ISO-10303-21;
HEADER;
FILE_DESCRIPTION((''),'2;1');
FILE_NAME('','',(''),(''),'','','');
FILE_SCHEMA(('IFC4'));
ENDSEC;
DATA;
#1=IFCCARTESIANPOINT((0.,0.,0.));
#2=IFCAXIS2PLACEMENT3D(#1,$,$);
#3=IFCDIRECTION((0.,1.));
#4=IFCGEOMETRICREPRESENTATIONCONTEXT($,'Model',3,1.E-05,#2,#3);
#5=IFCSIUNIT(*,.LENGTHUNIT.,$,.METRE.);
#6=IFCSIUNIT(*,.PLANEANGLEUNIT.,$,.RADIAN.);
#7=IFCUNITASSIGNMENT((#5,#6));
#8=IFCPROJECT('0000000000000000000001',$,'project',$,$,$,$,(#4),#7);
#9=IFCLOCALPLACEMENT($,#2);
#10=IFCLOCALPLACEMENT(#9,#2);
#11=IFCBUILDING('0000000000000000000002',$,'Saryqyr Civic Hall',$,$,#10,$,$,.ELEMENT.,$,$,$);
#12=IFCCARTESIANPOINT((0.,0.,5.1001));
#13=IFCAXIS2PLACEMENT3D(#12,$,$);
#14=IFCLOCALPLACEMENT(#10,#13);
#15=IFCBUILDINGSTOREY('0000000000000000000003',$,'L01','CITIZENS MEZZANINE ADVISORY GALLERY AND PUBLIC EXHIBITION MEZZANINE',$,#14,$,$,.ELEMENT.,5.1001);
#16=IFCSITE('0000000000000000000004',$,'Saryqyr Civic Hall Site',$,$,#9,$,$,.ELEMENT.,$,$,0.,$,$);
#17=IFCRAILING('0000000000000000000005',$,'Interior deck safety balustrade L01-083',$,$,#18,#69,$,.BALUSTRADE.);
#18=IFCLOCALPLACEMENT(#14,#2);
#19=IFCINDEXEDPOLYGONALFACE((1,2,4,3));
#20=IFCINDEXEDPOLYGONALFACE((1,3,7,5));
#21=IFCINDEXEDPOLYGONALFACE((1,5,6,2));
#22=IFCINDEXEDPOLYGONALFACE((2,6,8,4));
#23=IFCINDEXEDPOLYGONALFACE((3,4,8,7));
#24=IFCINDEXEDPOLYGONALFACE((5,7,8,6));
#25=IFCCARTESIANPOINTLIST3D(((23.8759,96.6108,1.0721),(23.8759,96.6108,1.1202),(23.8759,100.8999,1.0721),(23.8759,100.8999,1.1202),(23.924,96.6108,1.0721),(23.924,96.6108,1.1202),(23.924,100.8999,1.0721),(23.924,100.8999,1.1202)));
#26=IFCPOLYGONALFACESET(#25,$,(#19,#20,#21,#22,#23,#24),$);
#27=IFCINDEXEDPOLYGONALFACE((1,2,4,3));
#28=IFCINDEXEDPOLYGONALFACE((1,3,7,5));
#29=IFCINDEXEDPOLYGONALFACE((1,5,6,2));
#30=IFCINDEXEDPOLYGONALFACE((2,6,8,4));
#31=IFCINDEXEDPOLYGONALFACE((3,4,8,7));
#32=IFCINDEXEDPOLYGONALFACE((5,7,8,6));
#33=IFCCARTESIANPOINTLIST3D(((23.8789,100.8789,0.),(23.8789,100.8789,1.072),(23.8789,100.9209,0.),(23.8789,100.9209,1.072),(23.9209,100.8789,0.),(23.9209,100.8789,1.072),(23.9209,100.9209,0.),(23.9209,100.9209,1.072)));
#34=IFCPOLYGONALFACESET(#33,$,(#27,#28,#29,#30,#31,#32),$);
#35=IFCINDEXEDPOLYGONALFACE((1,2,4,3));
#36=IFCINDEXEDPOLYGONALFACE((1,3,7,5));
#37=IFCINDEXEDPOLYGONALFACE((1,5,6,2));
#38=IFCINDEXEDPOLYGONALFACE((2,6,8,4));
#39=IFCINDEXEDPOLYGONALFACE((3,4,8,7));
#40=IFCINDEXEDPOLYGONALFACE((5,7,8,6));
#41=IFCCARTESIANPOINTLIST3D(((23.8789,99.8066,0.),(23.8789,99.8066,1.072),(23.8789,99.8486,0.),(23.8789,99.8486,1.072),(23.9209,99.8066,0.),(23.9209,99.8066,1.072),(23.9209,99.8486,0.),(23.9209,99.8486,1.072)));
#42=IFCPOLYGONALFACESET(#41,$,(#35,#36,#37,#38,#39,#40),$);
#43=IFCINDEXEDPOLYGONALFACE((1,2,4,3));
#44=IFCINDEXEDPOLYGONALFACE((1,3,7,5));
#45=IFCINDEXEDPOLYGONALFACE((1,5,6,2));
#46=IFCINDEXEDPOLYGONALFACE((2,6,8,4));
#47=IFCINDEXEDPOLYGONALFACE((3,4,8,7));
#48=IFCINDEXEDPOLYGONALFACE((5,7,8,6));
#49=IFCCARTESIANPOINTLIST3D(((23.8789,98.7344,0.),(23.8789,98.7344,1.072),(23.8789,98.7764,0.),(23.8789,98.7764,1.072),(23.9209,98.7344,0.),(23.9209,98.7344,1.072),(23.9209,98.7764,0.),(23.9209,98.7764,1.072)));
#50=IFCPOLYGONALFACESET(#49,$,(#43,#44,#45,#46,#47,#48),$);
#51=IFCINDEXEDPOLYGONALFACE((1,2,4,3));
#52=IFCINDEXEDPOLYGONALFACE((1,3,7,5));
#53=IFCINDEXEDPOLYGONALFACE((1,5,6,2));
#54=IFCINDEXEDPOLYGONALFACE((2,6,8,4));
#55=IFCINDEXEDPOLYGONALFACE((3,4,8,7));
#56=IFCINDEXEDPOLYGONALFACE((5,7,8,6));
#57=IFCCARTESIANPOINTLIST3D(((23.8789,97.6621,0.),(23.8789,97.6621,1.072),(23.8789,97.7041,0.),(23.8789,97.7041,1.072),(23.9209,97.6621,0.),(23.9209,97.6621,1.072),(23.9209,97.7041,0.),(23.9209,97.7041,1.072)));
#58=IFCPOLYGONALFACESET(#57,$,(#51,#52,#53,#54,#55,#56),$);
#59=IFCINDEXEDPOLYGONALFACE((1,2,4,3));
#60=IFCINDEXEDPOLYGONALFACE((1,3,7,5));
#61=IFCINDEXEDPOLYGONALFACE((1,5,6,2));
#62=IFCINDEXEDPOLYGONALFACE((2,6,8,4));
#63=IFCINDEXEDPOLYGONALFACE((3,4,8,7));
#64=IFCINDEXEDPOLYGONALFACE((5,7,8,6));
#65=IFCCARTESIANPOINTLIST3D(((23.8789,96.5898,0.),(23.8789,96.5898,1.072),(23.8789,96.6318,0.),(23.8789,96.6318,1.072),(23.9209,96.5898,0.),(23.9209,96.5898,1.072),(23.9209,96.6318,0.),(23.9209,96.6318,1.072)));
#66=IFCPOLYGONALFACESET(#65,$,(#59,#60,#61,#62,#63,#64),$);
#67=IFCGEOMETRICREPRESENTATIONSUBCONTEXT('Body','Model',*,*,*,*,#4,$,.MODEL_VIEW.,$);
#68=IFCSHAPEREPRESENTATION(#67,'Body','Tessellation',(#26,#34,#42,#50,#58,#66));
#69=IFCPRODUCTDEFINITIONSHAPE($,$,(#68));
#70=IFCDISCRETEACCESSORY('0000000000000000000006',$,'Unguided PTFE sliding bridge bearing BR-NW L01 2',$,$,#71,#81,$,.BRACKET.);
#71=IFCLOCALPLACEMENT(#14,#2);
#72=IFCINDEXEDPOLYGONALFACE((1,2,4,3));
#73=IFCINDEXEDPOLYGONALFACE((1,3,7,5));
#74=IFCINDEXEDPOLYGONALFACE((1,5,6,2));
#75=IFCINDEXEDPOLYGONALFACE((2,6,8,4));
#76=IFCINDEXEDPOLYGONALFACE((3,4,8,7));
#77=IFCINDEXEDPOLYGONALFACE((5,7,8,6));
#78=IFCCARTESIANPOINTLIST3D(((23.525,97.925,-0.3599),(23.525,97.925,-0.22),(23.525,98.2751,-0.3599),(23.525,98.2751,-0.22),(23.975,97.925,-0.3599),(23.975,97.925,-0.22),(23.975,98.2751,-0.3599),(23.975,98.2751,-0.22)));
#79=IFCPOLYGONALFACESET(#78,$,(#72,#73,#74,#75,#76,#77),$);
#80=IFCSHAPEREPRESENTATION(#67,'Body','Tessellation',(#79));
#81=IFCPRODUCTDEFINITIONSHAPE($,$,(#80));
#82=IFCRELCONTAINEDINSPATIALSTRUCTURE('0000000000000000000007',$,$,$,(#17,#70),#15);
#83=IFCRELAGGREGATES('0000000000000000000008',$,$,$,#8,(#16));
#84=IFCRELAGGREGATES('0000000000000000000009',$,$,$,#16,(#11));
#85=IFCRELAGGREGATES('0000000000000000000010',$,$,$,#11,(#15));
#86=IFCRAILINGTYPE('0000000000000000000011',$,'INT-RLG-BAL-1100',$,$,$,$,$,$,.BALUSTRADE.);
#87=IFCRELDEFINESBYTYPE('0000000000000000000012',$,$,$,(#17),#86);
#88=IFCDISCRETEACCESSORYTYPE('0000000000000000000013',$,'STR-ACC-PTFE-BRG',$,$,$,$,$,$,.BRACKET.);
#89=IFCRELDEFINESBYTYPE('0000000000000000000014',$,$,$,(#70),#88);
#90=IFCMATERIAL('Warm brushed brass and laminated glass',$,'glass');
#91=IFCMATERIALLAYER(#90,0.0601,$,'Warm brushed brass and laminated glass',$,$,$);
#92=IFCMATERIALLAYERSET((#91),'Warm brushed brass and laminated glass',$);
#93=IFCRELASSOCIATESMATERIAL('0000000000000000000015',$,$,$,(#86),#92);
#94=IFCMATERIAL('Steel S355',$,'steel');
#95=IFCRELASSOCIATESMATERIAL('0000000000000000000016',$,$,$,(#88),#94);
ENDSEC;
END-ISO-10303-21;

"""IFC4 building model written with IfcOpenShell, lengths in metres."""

from ifc_helpers import new_model, si_unit, direction, frame, origin, origin_2d, place, context, subcontext, project, spatial, rectangle, extrude, material, layer, layer_set, type_object, element, save


model = new_model("IFC4")

# Units and contexts
model_context = context("Model", 3, precision=1e-05, world=origin(), true_north=direction((0.0, 1.0)))
body_context = subcontext(model_context, "Body", "Model", "MODEL_VIEW")
ifc_project = project(units=[si_unit("LENGTHUNIT", "METRE"), si_unit("PLANEANGLEUNIT", "RADIAN")], contexts=[model_context])

# Site, building, storey
site_placement = place(None, origin())
site = spatial("IfcSite", under=ifc_project, at=site_placement, Name="Saryqyr Civic Hall Site", CompositionType="ELEMENT", RefElevation=0.0)
building_placement = place(site_placement, origin())
building = spatial("IfcBuilding", under=site, at=building_placement, Name="Saryqyr Civic Hall", CompositionType="ELEMENT")
storey_placement = place(building_placement, frame((0.0, 0.0, 5.1001)))
storey = spatial("IfcBuildingStorey", under=building, at=storey_placement, Name="L01", Description="CITIZENS MEZZANINE ADVISORY GALLERY AND PUBLIC EXHIBITION MEZZANINE", CompositionType="ELEMENT", Elevation=5.1001)

# Shared definitions
ifc_material_1 = material(Name="Steel S355", Category="steel")

# Railing
ifc_material_2 = material(Name="Warm brushed brass and laminated glass", Category="glass")
ifc_layer_1 = layer(ifc_material_2, 0.0601, Name="Warm brushed brass and laminated glass")
ifc_layer_set_1 = layer_set([ifc_layer_1], Name="Warm brushed brass and laminated glass")
railing_type = type_object("IfcRailingType", Name="INT-RLG-BAL-1100", PredefinedType="BALUSTRADE", material=ifc_layer_set_1)
railing_1_placement = place(storey_placement, frame((23.8999, 100.8999, 0.0)))
element("IfcRailing", 1, at=railing_1_placement, inside=storey, type_object=railing_type, Name="Interior deck safety balustrade L01-083", PredefinedType="BALUSTRADE", context=body_context, shape_type="SweptSolid", body=[
    extrude(rectangle(XDim=0.0481, YDim=0.0481, at=origin_2d()), frame((0.0, 0.0, 1.0962), z_axis=(0.0, -1.0, 0.0), x_axis=(1.0, 0.0, 0.0)), (0.0, 0.0, 1.0), 4.2891),
    extrude(rectangle(XDim=0.042, YDim=0.042, at=origin_2d()), origin(), (0.0, 0.0, 1.0), 1.072),
    extrude(rectangle(XDim=0.042, YDim=0.042, at=origin_2d()), frame((0.0, -1.0723, 0.0)), (0.0, 0.0, 1.0), 1.072),
    extrude(rectangle(XDim=0.042, YDim=0.042, at=origin_2d()), frame((0.0, -2.1445, 0.0)), (0.0, 0.0, 1.0), 1.072),
    extrude(rectangle(XDim=0.042, YDim=0.042, at=origin_2d()), frame((0.0, -3.2168, 0.0)), (0.0, 0.0, 1.0), 1.072),
    extrude(rectangle(XDim=0.042, YDim=0.042, at=origin_2d()), frame((0.0, -4.2891, 0.0)), (0.0, 0.0, 1.0), 1.072),
])

# Discrete accessory
discrete_accessory_type = type_object("IfcDiscreteAccessoryType", Name="STR-ACC-PTFE-BRG", PredefinedType="BRACKET", material=ifc_material_1)
discrete_accessory_placement = place(storey_placement, frame((23.75, 98.1001, -0.3599), z_axis=(0.0, 0.0, 1.0), x_axis=(1.0, 0.0, 0.0)))
element("IfcDiscreteAccessory", 2, at=discrete_accessory_placement, inside=storey, type_object=discrete_accessory_type, Name="Unguided PTFE sliding bridge bearing BR-NW L01 2", PredefinedType="BRACKET", context=body_context, shape_type="SweptSolid", body=[
    extrude(rectangle(XDim=0.45, YDim=0.3501, at=origin_2d()), origin(), (0.0, 0.0, 1.0), 0.1399),
])

save(model, "model.ifc")
